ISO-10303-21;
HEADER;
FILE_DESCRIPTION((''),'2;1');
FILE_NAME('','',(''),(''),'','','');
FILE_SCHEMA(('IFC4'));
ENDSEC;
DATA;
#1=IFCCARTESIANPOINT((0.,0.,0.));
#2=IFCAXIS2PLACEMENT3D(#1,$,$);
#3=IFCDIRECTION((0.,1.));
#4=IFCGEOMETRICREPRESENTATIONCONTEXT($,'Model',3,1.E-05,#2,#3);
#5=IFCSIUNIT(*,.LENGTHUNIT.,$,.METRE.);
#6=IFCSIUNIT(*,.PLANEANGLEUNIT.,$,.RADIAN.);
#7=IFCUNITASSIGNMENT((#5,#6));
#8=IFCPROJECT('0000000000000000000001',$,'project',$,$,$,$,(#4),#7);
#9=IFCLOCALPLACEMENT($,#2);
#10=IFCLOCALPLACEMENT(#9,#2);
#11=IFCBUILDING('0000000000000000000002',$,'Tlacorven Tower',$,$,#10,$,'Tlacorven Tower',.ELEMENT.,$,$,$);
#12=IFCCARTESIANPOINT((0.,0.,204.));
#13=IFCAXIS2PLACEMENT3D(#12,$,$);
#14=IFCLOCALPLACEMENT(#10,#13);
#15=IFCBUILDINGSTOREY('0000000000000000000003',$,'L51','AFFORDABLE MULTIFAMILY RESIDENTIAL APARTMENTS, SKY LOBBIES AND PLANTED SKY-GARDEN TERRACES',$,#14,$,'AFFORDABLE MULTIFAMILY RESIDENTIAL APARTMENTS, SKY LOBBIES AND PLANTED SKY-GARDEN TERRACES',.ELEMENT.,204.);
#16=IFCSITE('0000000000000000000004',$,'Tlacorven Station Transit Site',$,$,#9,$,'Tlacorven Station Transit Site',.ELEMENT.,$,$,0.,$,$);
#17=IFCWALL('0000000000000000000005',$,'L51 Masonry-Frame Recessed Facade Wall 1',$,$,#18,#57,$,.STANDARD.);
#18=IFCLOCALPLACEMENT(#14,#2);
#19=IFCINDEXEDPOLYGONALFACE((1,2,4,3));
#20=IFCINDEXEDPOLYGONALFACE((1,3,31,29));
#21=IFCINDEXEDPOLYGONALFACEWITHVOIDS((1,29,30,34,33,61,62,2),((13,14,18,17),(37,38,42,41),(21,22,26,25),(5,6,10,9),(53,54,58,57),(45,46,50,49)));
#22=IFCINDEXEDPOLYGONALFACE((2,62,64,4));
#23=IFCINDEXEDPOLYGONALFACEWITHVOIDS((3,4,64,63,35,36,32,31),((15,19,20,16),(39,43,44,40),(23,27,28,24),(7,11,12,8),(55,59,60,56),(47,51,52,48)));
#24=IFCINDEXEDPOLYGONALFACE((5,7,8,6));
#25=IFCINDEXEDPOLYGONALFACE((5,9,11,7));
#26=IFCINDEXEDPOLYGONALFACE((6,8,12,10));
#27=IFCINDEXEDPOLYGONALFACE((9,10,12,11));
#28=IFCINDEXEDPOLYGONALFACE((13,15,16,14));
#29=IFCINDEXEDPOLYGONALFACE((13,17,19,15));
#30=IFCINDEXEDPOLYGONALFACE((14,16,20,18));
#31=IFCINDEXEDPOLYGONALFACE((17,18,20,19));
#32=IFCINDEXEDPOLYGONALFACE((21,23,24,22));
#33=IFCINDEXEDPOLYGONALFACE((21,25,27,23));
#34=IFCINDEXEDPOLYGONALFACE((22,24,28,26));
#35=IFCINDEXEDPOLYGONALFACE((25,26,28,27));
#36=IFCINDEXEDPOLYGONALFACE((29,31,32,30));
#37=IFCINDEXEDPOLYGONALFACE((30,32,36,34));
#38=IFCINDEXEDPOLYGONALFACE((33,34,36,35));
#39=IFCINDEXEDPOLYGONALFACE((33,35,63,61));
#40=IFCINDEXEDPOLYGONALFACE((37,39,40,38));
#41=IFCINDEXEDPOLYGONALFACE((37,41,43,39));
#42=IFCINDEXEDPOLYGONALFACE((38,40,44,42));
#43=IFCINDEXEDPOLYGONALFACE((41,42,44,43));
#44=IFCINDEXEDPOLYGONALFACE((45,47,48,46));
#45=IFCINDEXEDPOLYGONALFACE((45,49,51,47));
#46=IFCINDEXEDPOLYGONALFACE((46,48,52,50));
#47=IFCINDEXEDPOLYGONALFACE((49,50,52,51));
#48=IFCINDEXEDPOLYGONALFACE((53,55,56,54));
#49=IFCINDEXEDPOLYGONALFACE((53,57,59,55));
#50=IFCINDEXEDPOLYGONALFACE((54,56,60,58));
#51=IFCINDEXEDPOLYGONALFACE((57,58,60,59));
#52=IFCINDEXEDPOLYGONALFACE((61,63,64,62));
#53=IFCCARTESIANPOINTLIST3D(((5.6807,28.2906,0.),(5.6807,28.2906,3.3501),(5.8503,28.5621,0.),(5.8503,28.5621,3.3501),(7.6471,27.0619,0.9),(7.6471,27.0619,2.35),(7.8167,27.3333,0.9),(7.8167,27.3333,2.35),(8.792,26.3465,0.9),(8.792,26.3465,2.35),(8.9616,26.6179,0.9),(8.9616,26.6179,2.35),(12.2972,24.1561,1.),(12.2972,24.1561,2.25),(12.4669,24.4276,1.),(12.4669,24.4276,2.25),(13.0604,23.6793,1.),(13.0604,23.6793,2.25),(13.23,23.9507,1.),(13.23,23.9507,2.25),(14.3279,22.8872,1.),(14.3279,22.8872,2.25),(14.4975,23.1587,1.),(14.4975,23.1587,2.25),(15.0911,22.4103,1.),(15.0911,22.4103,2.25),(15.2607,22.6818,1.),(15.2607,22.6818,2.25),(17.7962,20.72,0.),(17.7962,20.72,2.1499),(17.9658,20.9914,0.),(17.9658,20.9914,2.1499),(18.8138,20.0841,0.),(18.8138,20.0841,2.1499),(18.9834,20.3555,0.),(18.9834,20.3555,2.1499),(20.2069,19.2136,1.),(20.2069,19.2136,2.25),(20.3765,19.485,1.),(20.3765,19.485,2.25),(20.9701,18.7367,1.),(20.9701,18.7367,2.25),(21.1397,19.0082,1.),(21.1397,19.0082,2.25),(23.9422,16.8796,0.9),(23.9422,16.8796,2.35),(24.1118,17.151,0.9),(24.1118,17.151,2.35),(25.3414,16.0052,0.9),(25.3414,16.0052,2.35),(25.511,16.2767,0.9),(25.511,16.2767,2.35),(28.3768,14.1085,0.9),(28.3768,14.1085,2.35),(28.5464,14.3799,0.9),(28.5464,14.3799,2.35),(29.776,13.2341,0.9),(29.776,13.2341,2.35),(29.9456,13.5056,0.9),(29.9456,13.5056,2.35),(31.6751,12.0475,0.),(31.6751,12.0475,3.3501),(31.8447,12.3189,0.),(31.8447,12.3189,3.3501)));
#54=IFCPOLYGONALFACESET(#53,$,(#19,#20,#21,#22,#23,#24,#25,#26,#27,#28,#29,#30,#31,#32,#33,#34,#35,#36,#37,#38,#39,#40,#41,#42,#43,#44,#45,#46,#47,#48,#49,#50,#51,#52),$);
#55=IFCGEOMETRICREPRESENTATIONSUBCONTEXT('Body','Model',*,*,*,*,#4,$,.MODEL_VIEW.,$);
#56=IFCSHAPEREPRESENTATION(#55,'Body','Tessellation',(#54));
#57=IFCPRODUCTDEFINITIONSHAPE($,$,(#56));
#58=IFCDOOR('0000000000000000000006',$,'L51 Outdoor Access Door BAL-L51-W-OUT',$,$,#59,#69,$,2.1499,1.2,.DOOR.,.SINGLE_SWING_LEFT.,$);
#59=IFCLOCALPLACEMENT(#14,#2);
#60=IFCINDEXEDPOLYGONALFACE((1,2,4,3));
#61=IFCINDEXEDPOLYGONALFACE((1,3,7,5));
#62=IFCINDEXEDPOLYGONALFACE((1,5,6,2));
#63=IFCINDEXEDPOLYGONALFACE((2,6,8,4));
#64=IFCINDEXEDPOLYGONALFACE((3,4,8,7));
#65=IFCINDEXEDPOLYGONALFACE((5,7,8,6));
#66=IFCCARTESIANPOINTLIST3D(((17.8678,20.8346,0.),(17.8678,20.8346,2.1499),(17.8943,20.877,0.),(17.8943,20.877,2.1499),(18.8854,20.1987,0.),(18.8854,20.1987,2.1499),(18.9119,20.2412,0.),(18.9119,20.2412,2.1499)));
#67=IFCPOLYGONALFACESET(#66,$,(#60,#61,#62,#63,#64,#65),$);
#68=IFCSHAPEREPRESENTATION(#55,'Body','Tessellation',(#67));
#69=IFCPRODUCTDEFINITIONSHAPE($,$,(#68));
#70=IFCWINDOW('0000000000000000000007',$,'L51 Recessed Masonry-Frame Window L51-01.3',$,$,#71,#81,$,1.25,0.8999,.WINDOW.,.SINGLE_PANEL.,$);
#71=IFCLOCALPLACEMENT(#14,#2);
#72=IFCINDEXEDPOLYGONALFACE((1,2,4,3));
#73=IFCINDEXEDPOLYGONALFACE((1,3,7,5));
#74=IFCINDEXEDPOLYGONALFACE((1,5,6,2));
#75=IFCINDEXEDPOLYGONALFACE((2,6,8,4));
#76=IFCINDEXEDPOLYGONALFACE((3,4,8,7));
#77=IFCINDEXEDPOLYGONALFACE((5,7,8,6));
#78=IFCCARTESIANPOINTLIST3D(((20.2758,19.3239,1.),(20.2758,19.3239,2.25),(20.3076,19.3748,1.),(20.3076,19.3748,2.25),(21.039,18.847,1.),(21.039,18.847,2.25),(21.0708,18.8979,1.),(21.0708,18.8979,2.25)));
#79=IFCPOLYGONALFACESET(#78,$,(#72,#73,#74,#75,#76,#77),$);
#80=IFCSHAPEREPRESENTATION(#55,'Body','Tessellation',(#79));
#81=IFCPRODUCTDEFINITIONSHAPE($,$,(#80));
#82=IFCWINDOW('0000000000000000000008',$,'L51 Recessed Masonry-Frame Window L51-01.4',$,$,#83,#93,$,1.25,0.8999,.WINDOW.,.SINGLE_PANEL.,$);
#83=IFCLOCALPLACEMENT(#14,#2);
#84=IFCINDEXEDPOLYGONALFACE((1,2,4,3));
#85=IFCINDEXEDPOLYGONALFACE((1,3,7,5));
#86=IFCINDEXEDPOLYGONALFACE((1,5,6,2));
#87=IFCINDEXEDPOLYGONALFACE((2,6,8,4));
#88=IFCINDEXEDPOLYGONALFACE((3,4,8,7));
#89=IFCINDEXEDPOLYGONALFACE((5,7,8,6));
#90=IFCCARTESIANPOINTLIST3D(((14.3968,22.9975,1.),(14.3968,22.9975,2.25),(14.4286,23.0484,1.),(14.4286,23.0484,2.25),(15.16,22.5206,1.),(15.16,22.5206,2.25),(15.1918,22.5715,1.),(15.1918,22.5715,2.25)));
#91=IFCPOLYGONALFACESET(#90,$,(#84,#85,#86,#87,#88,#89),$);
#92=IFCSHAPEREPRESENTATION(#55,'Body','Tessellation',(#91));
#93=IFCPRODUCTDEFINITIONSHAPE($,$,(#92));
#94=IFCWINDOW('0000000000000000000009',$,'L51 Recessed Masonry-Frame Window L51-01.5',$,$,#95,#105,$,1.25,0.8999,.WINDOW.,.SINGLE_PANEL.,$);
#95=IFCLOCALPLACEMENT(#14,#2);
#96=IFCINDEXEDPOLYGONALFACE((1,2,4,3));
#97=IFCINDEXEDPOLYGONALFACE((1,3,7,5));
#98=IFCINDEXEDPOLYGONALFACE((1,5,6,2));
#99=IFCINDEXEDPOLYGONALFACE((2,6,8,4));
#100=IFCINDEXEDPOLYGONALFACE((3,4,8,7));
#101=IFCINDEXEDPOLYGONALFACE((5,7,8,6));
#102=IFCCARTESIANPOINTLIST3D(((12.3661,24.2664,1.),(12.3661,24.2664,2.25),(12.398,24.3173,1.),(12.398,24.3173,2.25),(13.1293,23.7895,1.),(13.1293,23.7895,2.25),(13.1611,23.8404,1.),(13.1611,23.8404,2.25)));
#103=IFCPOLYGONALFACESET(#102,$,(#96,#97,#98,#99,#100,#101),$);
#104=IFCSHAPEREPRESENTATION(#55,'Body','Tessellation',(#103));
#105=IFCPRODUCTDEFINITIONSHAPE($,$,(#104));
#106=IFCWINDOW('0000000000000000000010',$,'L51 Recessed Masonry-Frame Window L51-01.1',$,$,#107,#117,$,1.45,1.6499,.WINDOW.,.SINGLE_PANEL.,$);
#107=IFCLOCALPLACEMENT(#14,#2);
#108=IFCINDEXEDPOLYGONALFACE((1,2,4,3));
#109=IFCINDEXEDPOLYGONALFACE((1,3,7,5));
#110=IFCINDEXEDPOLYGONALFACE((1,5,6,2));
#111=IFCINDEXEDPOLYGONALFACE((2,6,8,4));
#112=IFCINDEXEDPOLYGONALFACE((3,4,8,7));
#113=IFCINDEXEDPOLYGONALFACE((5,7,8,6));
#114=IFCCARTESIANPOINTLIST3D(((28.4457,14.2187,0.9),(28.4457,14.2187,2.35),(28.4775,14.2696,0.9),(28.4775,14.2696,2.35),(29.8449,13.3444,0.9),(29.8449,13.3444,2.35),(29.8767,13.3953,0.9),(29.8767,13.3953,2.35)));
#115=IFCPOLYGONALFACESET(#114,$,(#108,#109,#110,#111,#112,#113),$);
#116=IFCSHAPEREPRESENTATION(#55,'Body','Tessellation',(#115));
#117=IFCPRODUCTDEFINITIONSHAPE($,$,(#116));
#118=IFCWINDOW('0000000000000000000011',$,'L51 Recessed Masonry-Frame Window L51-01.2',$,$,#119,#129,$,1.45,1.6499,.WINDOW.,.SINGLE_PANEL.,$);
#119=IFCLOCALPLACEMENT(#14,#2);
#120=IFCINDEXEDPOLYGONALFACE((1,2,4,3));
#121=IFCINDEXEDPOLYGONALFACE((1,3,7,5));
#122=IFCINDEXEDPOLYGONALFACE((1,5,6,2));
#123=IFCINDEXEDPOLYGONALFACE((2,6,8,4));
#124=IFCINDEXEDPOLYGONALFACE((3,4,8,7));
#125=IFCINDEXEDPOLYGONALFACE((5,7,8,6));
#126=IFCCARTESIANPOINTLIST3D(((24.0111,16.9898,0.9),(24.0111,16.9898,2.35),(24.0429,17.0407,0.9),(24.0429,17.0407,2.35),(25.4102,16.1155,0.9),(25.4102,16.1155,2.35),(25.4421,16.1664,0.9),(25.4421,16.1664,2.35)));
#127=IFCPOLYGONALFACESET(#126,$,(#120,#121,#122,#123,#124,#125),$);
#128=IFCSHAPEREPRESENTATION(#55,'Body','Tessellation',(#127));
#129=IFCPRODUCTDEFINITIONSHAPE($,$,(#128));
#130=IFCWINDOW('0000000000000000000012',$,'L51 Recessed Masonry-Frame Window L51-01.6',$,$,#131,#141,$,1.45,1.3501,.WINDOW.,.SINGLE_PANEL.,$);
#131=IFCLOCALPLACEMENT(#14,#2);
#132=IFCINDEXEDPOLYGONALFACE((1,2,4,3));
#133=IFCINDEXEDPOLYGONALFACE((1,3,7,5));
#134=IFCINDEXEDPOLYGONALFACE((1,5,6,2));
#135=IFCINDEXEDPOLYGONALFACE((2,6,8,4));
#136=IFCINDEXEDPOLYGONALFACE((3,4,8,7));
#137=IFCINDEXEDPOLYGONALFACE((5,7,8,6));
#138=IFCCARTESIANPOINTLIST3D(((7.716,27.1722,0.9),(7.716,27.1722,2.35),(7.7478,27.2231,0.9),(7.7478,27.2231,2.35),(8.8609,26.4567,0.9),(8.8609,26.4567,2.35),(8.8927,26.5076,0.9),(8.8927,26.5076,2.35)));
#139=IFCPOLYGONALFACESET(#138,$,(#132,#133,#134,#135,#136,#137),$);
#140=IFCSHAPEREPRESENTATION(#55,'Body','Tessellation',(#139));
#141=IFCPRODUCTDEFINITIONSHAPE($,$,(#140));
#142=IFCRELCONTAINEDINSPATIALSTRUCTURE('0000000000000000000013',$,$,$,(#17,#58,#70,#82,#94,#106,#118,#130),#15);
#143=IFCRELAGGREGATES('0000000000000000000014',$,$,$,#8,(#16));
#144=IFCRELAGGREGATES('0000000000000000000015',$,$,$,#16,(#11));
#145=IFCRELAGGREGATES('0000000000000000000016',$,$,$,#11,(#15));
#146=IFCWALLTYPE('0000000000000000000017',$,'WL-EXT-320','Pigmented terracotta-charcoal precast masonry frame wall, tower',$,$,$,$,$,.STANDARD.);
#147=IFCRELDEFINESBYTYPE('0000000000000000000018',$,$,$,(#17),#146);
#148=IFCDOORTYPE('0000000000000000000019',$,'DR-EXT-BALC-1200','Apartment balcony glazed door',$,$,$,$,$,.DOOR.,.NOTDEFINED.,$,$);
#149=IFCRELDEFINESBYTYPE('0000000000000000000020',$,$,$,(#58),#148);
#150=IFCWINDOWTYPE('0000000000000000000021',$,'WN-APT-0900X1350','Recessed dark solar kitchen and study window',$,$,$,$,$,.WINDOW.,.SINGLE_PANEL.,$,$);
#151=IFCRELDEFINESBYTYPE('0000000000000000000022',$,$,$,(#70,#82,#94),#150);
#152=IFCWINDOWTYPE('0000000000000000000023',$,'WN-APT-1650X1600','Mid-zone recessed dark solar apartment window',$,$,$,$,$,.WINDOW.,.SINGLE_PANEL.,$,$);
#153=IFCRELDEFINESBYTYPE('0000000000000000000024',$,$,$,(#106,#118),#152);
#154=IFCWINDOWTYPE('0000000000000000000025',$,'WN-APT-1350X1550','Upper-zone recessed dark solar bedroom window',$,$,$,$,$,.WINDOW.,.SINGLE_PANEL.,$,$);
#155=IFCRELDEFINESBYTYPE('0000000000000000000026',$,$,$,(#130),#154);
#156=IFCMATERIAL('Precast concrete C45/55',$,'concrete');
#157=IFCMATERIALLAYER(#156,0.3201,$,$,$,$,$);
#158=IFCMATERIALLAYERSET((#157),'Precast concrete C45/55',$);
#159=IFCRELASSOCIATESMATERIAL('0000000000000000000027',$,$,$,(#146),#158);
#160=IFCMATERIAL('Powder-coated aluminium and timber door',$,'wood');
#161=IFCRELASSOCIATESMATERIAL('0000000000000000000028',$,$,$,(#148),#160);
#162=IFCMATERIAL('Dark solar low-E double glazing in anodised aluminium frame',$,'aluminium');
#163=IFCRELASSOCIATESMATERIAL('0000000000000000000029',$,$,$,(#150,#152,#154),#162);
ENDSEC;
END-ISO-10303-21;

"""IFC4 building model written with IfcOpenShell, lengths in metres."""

from ifc_helpers import new_model, si_unit, direction, frame, frame_2d, origin, place, context, subcontext, project, spatial, rectangle, extrude, source, transform, mapped, material, layer, layer_set, type_object, element, fill, save


model = new_model("IFC4")

# Units and contexts
model_context = context("Model", 3, precision=1e-05, world=origin(), true_north=direction((0.0, 1.0)))
body_context = subcontext(model_context, "Body", "Model", "MODEL_VIEW")
ifc_project = project(units=[si_unit("LENGTHUNIT", "METRE"), si_unit("PLANEANGLEUNIT", "RADIAN")], contexts=[model_context])

# Site, building, storey
site_placement = place(None, origin())
site = spatial("IfcSite", under=ifc_project, at=site_placement, Name="Tlacorven Station Transit Site", LongName="Tlacorven Station Transit Site", CompositionType="ELEMENT", RefElevation=0.0)
building_placement = place(site_placement, origin())
building = spatial("IfcBuilding", under=site, at=building_placement, Name="Tlacorven Tower", LongName="Tlacorven Tower", CompositionType="ELEMENT")
storey_placement = place(building_placement, frame((0.0, 0.0, 204.0)))
storey = spatial("IfcBuildingStorey", under=building, at=storey_placement, Name="L51", Description="AFFORDABLE MULTIFAMILY RESIDENTIAL APARTMENTS, SKY LOBBIES AND PLANTED SKY-GARDEN TERRACES", LongName="AFFORDABLE MULTIFAMILY RESIDENTIAL APARTMENTS, SKY LOBBIES AND PLANTED SKY-GARDEN TERRACES", CompositionType="ELEMENT", Elevation=204.0)

# Wall, openings, door, windows
ifc_material_1 = material(Name="Precast concrete C45/55", Category="concrete")
ifc_layer_1 = layer(ifc_material_1, 0.3201)
ifc_layer_set_1 = layer_set([ifc_layer_1], Name="Precast concrete C45/55")
wall_type_1 = type_object("IfcWallType", Name="WL-EXT-320", Description="Pigmented terracotta-charcoal precast masonry frame wall, tower", PredefinedType="STANDARD", material=ifc_layer_set_1)
wall_1_placement = place(storey_placement, frame((31.76, 12.1831, 0.0), z_axis=(0.0, 0.0, 1.0), x_axis=(-0.848047, 0.529921, 0.0)))
wall_1 = element("IfcWall", 1, at=wall_1_placement, inside=storey, type_object=wall_type_1, Name="L51 Masonry-Frame Recessed Facade Wall 1", PredefinedType="STANDARD", context=body_context, shape_type="SweptSolid", body=[
    extrude(rectangle(XDim=30.6521, YDim=0.3201, at=frame_2d((15.3262, 0.0))), origin(), (0.0, 0.0, 1.0), 3.3501),
])
opening_1_placement = place(wall_1_placement, frame((15.1658, 0.0, 0.0)))
opening_1 = element("IfcOpeningElement", 2, at=opening_1_placement, cuts=wall_1, PredefinedType="OPENING", context=body_context, shape_type="SweptSolid", body=[
    extrude(rectangle(XDim=1.2, YDim=2.1499, at=frame_2d((0.6001, 1.075))), frame((0.0, 0.1699, 0.0), z_axis=(0.0, -1.0, 0.0), x_axis=(1.0, 0.0, 0.0)), (0.0, 0.0, 1.0), 0.3401),
])
opening_2_placement = place(wall_1_placement, frame((2.2395, 0.0, 0.8999)))
opening_2 = element("IfcOpeningElement", 3, at=opening_2_placement, cuts=wall_1, PredefinedType="OPENING", context=body_context, shape_type="SweptSolid", body=[
    extrude(rectangle(XDim=1.6499, YDim=1.45, at=frame_2d((0.825, 0.7251))), frame((0.0, 0.1699, 0.0), z_axis=(0.0, -1.0, 0.0), x_axis=(1.0, 0.0, 0.0)), (0.0, 0.0, 1.0), 0.3401),
])
opening_3_placement = place(wall_1_placement, frame((7.4688, 0.0, 0.8999)))
opening_3 = element("IfcOpeningElement", 4, at=opening_3_placement, cuts=wall_1, PredefinedType="OPENING", context=body_context, shape_type="SweptSolid", body=[
    extrude(rectangle(XDim=1.6499, YDim=1.45, at=frame_2d((0.825, 0.7251))), frame((0.0, 0.1699, 0.0), z_axis=(0.0, -1.0, 0.0), x_axis=(1.0, 0.0, 0.0)), (0.0, 0.0, 1.0), 0.3401),
])
opening_4_placement = place(wall_1_placement, frame((12.6233, 0.0, 1.0)))
opening_4 = element("IfcOpeningElement", 5, at=opening_4_placement, cuts=wall_1, PredefinedType="OPENING", context=body_context, shape_type="SweptSolid", body=[
    extrude(rectangle(XDim=0.8999, YDim=1.25, at=frame_2d((0.45, 0.625))), frame((0.0, 0.1699, 0.0), z_axis=(0.0, -1.0, 0.0), x_axis=(1.0, 0.0, 0.0)), (0.0, 0.0, 1.0), 0.3401),
])
opening_5_placement = place(wall_1_placement, frame((19.5557, 0.0, 1.0)))
opening_5 = element("IfcOpeningElement", 6, at=opening_5_placement, cuts=wall_1, PredefinedType="OPENING", context=body_context, shape_type="SweptSolid", body=[
    extrude(rectangle(XDim=0.8999, YDim=1.25, at=frame_2d((0.45, 0.625))), frame((0.0, 0.1699, 0.0), z_axis=(0.0, -1.0, 0.0), x_axis=(1.0, 0.0, 0.0)), (0.0, 0.0, 1.0), 0.3401),
])
opening_6_placement = place(wall_1_placement, frame((21.9502, 0.0, 1.0)))
opening_6 = element("IfcOpeningElement", 7, at=opening_6_placement, cuts=wall_1, PredefinedType="OPENING", context=body_context, shape_type="SweptSolid", body=[
    extrude(rectangle(XDim=0.8999, YDim=1.25, at=frame_2d((0.45, 0.625))), frame((0.0, 0.1699, 0.0), z_axis=(0.0, -1.0, 0.0), x_axis=(1.0, 0.0, 0.0)), (0.0, 0.0, 1.0), 0.3401),
])
opening_7_placement = place(wall_1_placement, frame((26.9834, 0.0, 0.8999)))
opening_7 = element("IfcOpeningElement", 8, at=opening_7_placement, cuts=wall_1, PredefinedType="OPENING", context=body_context, shape_type="SweptSolid", body=[
    extrude(rectangle(XDim=1.3501, YDim=1.45, at=frame_2d((0.675, 0.7251))), frame((0.0, 0.1699, 0.0), z_axis=(0.0, -1.0, 0.0), x_axis=(1.0, 0.0, 0.0)), (0.0, 0.0, 1.0), 0.3401),
])
ifc_material_2 = material(Name="Powder-coated aluminium and timber door", Category="wood")
door_type_1 = type_object("IfcDoorType", Name="DR-EXT-BALC-1200", Description="Apartment balcony glazed door", OperationType="NOTDEFINED", PredefinedType="DOOR", material=ifc_material_2)
shared_shape_1 = source(origin(), body_context, "Body", "SweptSolid", [
    extrude(rectangle(XDim=1.2, YDim=2.1499, at=frame_2d((0.6001, 1.075))), frame((0.0, 0.0249, 0.0), z_axis=(0.0, -1.0, 0.0), x_axis=(1.0, 0.0, 0.0)), (0.0, 0.0, 1.0), 0.05),
])
door_1_placement = place(opening_1_placement, origin())
door_1 = element("IfcDoor", 9, at=door_1_placement, inside=storey, type_object=door_type_1, Name="L51 Outdoor Access Door BAL-L51-W-OUT", OperationType="SINGLE_SWING_LEFT", OverallHeight=2.1499, OverallWidth=1.2, PredefinedType="DOOR", context=body_context, shape_type="MappedRepresentation", body=[
    mapped(shared_shape_1, transform((0.0, 0.0, 0.0), scale=1.0)),
])
fill(opening_1, door_1)
ifc_material_3 = material(Name="Dark solar low-E double glazing in anodised aluminium frame", Category="aluminium")
window_type_1 = type_object("IfcWindowType", Name="WN-APT-0900X1350", Description="Recessed dark solar kitchen and study window", PartitioningType="SINGLE_PANEL", PredefinedType="WINDOW", material=ifc_material_3)
shared_shape_2 = source(origin(), body_context, "Body", "SweptSolid", [
    extrude(rectangle(XDim=0.8999, YDim=1.25, at=frame_2d((0.45, 0.625))), frame((0.0, 0.03, 0.0), z_axis=(0.0, -1.0, 0.0), x_axis=(1.0, 0.0, 0.0)), (0.0, 0.0, 1.0), 0.0601),
])
window_1_placement = place(opening_4_placement, origin())
window_1 = element("IfcWindow", 10, at=window_1_placement, inside=storey, type_object=window_type_1, Name="L51 Recessed Masonry-Frame Window L51-01.3", OverallHeight=1.25, OverallWidth=0.8999, PartitioningType="SINGLE_PANEL", PredefinedType="WINDOW", context=body_context, shape_type="MappedRepresentation", body=[
    mapped(shared_shape_2, transform((0.0, 0.0, 0.0), scale=1.0)),
])
fill(opening_4, window_1)
window_2_placement = place(opening_5_placement, origin())
window_2 = element("IfcWindow", 11, at=window_2_placement, inside=storey, type_object=window_type_1, Name="L51 Recessed Masonry-Frame Window L51-01.4", OverallHeight=1.25, OverallWidth=0.8999, PartitioningType="SINGLE_PANEL", PredefinedType="WINDOW", context=body_context, shape_type="MappedRepresentation", body=[
    mapped(shared_shape_2, transform((0.0, 0.0, 0.0), scale=1.0)),
])
fill(opening_5, window_2)
window_3_placement = place(opening_6_placement, origin())
window_3 = element("IfcWindow", 12, at=window_3_placement, inside=storey, type_object=window_type_1, Name="L51 Recessed Masonry-Frame Window L51-01.5", OverallHeight=1.25, OverallWidth=0.8999, PartitioningType="SINGLE_PANEL", PredefinedType="WINDOW", context=body_context, shape_type="MappedRepresentation", body=[
    mapped(shared_shape_2, transform((0.0, 0.0, 0.0), scale=1.0)),
])
fill(opening_6, window_3)
window_type_2 = type_object("IfcWindowType", Name="WN-APT-1650X1600", Description="Mid-zone recessed dark solar apartment window", PartitioningType="SINGLE_PANEL", PredefinedType="WINDOW", material=ifc_material_3)
shared_shape_3 = source(origin(), body_context, "Body", "SweptSolid", [
    extrude(rectangle(XDim=1.6499, YDim=1.45, at=frame_2d((0.825, 0.7251))), frame((0.0, 0.03, 0.0), z_axis=(0.0, -1.0, 0.0), x_axis=(1.0, 0.0, 0.0)), (0.0, 0.0, 1.0), 0.0601),
])
window_4_placement = place(opening_2_placement, origin())
window_4 = element("IfcWindow", 13, at=window_4_placement, inside=storey, type_object=window_type_2, Name="L51 Recessed Masonry-Frame Window L51-01.1", OverallHeight=1.45, OverallWidth=1.6499, PartitioningType="SINGLE_PANEL", PredefinedType="WINDOW", context=body_context, shape_type="MappedRepresentation", body=[
    mapped(shared_shape_3, transform((0.0, 0.0, 0.0), scale=1.0)),
])
fill(opening_2, window_4)
window_5_placement = place(opening_3_placement, origin())
window_5 = element("IfcWindow", 14, at=window_5_placement, inside=storey, type_object=window_type_2, Name="L51 Recessed Masonry-Frame Window L51-01.2", OverallHeight=1.45, OverallWidth=1.6499, PartitioningType="SINGLE_PANEL", PredefinedType="WINDOW", context=body_context, shape_type="MappedRepresentation", body=[
    mapped(shared_shape_3, transform((0.0, 0.0, 0.0), scale=1.0)),
])
fill(opening_3, window_5)
window_type_3 = type_object("IfcWindowType", Name="WN-APT-1350X1550", Description="Upper-zone recessed dark solar bedroom window", PartitioningType="SINGLE_PANEL", PredefinedType="WINDOW", material=ifc_material_3)
shared_shape_4 = source(origin(), body_context, "Body", "SweptSolid", [
    extrude(rectangle(XDim=1.3501, YDim=1.45, at=frame_2d((0.675, 0.7251))), frame((0.0, 0.03, 0.0), z_axis=(0.0, -1.0, 0.0), x_axis=(1.0, 0.0, 0.0)), (0.0, 0.0, 1.0), 0.0601),
])
window_6_placement = place(opening_7_placement, origin())
window_6 = element("IfcWindow", 15, at=window_6_placement, inside=storey, type_object=window_type_3, Name="L51 Recessed Masonry-Frame Window L51-01.6", OverallHeight=1.45, OverallWidth=1.3501, PartitioningType="SINGLE_PANEL", PredefinedType="WINDOW", context=body_context, shape_type="MappedRepresentation", body=[
    mapped(shared_shape_4, transform((0.0, 0.0, 0.0), scale=1.0)),
])
fill(opening_7, window_6)

save(model, "model.ifc")
